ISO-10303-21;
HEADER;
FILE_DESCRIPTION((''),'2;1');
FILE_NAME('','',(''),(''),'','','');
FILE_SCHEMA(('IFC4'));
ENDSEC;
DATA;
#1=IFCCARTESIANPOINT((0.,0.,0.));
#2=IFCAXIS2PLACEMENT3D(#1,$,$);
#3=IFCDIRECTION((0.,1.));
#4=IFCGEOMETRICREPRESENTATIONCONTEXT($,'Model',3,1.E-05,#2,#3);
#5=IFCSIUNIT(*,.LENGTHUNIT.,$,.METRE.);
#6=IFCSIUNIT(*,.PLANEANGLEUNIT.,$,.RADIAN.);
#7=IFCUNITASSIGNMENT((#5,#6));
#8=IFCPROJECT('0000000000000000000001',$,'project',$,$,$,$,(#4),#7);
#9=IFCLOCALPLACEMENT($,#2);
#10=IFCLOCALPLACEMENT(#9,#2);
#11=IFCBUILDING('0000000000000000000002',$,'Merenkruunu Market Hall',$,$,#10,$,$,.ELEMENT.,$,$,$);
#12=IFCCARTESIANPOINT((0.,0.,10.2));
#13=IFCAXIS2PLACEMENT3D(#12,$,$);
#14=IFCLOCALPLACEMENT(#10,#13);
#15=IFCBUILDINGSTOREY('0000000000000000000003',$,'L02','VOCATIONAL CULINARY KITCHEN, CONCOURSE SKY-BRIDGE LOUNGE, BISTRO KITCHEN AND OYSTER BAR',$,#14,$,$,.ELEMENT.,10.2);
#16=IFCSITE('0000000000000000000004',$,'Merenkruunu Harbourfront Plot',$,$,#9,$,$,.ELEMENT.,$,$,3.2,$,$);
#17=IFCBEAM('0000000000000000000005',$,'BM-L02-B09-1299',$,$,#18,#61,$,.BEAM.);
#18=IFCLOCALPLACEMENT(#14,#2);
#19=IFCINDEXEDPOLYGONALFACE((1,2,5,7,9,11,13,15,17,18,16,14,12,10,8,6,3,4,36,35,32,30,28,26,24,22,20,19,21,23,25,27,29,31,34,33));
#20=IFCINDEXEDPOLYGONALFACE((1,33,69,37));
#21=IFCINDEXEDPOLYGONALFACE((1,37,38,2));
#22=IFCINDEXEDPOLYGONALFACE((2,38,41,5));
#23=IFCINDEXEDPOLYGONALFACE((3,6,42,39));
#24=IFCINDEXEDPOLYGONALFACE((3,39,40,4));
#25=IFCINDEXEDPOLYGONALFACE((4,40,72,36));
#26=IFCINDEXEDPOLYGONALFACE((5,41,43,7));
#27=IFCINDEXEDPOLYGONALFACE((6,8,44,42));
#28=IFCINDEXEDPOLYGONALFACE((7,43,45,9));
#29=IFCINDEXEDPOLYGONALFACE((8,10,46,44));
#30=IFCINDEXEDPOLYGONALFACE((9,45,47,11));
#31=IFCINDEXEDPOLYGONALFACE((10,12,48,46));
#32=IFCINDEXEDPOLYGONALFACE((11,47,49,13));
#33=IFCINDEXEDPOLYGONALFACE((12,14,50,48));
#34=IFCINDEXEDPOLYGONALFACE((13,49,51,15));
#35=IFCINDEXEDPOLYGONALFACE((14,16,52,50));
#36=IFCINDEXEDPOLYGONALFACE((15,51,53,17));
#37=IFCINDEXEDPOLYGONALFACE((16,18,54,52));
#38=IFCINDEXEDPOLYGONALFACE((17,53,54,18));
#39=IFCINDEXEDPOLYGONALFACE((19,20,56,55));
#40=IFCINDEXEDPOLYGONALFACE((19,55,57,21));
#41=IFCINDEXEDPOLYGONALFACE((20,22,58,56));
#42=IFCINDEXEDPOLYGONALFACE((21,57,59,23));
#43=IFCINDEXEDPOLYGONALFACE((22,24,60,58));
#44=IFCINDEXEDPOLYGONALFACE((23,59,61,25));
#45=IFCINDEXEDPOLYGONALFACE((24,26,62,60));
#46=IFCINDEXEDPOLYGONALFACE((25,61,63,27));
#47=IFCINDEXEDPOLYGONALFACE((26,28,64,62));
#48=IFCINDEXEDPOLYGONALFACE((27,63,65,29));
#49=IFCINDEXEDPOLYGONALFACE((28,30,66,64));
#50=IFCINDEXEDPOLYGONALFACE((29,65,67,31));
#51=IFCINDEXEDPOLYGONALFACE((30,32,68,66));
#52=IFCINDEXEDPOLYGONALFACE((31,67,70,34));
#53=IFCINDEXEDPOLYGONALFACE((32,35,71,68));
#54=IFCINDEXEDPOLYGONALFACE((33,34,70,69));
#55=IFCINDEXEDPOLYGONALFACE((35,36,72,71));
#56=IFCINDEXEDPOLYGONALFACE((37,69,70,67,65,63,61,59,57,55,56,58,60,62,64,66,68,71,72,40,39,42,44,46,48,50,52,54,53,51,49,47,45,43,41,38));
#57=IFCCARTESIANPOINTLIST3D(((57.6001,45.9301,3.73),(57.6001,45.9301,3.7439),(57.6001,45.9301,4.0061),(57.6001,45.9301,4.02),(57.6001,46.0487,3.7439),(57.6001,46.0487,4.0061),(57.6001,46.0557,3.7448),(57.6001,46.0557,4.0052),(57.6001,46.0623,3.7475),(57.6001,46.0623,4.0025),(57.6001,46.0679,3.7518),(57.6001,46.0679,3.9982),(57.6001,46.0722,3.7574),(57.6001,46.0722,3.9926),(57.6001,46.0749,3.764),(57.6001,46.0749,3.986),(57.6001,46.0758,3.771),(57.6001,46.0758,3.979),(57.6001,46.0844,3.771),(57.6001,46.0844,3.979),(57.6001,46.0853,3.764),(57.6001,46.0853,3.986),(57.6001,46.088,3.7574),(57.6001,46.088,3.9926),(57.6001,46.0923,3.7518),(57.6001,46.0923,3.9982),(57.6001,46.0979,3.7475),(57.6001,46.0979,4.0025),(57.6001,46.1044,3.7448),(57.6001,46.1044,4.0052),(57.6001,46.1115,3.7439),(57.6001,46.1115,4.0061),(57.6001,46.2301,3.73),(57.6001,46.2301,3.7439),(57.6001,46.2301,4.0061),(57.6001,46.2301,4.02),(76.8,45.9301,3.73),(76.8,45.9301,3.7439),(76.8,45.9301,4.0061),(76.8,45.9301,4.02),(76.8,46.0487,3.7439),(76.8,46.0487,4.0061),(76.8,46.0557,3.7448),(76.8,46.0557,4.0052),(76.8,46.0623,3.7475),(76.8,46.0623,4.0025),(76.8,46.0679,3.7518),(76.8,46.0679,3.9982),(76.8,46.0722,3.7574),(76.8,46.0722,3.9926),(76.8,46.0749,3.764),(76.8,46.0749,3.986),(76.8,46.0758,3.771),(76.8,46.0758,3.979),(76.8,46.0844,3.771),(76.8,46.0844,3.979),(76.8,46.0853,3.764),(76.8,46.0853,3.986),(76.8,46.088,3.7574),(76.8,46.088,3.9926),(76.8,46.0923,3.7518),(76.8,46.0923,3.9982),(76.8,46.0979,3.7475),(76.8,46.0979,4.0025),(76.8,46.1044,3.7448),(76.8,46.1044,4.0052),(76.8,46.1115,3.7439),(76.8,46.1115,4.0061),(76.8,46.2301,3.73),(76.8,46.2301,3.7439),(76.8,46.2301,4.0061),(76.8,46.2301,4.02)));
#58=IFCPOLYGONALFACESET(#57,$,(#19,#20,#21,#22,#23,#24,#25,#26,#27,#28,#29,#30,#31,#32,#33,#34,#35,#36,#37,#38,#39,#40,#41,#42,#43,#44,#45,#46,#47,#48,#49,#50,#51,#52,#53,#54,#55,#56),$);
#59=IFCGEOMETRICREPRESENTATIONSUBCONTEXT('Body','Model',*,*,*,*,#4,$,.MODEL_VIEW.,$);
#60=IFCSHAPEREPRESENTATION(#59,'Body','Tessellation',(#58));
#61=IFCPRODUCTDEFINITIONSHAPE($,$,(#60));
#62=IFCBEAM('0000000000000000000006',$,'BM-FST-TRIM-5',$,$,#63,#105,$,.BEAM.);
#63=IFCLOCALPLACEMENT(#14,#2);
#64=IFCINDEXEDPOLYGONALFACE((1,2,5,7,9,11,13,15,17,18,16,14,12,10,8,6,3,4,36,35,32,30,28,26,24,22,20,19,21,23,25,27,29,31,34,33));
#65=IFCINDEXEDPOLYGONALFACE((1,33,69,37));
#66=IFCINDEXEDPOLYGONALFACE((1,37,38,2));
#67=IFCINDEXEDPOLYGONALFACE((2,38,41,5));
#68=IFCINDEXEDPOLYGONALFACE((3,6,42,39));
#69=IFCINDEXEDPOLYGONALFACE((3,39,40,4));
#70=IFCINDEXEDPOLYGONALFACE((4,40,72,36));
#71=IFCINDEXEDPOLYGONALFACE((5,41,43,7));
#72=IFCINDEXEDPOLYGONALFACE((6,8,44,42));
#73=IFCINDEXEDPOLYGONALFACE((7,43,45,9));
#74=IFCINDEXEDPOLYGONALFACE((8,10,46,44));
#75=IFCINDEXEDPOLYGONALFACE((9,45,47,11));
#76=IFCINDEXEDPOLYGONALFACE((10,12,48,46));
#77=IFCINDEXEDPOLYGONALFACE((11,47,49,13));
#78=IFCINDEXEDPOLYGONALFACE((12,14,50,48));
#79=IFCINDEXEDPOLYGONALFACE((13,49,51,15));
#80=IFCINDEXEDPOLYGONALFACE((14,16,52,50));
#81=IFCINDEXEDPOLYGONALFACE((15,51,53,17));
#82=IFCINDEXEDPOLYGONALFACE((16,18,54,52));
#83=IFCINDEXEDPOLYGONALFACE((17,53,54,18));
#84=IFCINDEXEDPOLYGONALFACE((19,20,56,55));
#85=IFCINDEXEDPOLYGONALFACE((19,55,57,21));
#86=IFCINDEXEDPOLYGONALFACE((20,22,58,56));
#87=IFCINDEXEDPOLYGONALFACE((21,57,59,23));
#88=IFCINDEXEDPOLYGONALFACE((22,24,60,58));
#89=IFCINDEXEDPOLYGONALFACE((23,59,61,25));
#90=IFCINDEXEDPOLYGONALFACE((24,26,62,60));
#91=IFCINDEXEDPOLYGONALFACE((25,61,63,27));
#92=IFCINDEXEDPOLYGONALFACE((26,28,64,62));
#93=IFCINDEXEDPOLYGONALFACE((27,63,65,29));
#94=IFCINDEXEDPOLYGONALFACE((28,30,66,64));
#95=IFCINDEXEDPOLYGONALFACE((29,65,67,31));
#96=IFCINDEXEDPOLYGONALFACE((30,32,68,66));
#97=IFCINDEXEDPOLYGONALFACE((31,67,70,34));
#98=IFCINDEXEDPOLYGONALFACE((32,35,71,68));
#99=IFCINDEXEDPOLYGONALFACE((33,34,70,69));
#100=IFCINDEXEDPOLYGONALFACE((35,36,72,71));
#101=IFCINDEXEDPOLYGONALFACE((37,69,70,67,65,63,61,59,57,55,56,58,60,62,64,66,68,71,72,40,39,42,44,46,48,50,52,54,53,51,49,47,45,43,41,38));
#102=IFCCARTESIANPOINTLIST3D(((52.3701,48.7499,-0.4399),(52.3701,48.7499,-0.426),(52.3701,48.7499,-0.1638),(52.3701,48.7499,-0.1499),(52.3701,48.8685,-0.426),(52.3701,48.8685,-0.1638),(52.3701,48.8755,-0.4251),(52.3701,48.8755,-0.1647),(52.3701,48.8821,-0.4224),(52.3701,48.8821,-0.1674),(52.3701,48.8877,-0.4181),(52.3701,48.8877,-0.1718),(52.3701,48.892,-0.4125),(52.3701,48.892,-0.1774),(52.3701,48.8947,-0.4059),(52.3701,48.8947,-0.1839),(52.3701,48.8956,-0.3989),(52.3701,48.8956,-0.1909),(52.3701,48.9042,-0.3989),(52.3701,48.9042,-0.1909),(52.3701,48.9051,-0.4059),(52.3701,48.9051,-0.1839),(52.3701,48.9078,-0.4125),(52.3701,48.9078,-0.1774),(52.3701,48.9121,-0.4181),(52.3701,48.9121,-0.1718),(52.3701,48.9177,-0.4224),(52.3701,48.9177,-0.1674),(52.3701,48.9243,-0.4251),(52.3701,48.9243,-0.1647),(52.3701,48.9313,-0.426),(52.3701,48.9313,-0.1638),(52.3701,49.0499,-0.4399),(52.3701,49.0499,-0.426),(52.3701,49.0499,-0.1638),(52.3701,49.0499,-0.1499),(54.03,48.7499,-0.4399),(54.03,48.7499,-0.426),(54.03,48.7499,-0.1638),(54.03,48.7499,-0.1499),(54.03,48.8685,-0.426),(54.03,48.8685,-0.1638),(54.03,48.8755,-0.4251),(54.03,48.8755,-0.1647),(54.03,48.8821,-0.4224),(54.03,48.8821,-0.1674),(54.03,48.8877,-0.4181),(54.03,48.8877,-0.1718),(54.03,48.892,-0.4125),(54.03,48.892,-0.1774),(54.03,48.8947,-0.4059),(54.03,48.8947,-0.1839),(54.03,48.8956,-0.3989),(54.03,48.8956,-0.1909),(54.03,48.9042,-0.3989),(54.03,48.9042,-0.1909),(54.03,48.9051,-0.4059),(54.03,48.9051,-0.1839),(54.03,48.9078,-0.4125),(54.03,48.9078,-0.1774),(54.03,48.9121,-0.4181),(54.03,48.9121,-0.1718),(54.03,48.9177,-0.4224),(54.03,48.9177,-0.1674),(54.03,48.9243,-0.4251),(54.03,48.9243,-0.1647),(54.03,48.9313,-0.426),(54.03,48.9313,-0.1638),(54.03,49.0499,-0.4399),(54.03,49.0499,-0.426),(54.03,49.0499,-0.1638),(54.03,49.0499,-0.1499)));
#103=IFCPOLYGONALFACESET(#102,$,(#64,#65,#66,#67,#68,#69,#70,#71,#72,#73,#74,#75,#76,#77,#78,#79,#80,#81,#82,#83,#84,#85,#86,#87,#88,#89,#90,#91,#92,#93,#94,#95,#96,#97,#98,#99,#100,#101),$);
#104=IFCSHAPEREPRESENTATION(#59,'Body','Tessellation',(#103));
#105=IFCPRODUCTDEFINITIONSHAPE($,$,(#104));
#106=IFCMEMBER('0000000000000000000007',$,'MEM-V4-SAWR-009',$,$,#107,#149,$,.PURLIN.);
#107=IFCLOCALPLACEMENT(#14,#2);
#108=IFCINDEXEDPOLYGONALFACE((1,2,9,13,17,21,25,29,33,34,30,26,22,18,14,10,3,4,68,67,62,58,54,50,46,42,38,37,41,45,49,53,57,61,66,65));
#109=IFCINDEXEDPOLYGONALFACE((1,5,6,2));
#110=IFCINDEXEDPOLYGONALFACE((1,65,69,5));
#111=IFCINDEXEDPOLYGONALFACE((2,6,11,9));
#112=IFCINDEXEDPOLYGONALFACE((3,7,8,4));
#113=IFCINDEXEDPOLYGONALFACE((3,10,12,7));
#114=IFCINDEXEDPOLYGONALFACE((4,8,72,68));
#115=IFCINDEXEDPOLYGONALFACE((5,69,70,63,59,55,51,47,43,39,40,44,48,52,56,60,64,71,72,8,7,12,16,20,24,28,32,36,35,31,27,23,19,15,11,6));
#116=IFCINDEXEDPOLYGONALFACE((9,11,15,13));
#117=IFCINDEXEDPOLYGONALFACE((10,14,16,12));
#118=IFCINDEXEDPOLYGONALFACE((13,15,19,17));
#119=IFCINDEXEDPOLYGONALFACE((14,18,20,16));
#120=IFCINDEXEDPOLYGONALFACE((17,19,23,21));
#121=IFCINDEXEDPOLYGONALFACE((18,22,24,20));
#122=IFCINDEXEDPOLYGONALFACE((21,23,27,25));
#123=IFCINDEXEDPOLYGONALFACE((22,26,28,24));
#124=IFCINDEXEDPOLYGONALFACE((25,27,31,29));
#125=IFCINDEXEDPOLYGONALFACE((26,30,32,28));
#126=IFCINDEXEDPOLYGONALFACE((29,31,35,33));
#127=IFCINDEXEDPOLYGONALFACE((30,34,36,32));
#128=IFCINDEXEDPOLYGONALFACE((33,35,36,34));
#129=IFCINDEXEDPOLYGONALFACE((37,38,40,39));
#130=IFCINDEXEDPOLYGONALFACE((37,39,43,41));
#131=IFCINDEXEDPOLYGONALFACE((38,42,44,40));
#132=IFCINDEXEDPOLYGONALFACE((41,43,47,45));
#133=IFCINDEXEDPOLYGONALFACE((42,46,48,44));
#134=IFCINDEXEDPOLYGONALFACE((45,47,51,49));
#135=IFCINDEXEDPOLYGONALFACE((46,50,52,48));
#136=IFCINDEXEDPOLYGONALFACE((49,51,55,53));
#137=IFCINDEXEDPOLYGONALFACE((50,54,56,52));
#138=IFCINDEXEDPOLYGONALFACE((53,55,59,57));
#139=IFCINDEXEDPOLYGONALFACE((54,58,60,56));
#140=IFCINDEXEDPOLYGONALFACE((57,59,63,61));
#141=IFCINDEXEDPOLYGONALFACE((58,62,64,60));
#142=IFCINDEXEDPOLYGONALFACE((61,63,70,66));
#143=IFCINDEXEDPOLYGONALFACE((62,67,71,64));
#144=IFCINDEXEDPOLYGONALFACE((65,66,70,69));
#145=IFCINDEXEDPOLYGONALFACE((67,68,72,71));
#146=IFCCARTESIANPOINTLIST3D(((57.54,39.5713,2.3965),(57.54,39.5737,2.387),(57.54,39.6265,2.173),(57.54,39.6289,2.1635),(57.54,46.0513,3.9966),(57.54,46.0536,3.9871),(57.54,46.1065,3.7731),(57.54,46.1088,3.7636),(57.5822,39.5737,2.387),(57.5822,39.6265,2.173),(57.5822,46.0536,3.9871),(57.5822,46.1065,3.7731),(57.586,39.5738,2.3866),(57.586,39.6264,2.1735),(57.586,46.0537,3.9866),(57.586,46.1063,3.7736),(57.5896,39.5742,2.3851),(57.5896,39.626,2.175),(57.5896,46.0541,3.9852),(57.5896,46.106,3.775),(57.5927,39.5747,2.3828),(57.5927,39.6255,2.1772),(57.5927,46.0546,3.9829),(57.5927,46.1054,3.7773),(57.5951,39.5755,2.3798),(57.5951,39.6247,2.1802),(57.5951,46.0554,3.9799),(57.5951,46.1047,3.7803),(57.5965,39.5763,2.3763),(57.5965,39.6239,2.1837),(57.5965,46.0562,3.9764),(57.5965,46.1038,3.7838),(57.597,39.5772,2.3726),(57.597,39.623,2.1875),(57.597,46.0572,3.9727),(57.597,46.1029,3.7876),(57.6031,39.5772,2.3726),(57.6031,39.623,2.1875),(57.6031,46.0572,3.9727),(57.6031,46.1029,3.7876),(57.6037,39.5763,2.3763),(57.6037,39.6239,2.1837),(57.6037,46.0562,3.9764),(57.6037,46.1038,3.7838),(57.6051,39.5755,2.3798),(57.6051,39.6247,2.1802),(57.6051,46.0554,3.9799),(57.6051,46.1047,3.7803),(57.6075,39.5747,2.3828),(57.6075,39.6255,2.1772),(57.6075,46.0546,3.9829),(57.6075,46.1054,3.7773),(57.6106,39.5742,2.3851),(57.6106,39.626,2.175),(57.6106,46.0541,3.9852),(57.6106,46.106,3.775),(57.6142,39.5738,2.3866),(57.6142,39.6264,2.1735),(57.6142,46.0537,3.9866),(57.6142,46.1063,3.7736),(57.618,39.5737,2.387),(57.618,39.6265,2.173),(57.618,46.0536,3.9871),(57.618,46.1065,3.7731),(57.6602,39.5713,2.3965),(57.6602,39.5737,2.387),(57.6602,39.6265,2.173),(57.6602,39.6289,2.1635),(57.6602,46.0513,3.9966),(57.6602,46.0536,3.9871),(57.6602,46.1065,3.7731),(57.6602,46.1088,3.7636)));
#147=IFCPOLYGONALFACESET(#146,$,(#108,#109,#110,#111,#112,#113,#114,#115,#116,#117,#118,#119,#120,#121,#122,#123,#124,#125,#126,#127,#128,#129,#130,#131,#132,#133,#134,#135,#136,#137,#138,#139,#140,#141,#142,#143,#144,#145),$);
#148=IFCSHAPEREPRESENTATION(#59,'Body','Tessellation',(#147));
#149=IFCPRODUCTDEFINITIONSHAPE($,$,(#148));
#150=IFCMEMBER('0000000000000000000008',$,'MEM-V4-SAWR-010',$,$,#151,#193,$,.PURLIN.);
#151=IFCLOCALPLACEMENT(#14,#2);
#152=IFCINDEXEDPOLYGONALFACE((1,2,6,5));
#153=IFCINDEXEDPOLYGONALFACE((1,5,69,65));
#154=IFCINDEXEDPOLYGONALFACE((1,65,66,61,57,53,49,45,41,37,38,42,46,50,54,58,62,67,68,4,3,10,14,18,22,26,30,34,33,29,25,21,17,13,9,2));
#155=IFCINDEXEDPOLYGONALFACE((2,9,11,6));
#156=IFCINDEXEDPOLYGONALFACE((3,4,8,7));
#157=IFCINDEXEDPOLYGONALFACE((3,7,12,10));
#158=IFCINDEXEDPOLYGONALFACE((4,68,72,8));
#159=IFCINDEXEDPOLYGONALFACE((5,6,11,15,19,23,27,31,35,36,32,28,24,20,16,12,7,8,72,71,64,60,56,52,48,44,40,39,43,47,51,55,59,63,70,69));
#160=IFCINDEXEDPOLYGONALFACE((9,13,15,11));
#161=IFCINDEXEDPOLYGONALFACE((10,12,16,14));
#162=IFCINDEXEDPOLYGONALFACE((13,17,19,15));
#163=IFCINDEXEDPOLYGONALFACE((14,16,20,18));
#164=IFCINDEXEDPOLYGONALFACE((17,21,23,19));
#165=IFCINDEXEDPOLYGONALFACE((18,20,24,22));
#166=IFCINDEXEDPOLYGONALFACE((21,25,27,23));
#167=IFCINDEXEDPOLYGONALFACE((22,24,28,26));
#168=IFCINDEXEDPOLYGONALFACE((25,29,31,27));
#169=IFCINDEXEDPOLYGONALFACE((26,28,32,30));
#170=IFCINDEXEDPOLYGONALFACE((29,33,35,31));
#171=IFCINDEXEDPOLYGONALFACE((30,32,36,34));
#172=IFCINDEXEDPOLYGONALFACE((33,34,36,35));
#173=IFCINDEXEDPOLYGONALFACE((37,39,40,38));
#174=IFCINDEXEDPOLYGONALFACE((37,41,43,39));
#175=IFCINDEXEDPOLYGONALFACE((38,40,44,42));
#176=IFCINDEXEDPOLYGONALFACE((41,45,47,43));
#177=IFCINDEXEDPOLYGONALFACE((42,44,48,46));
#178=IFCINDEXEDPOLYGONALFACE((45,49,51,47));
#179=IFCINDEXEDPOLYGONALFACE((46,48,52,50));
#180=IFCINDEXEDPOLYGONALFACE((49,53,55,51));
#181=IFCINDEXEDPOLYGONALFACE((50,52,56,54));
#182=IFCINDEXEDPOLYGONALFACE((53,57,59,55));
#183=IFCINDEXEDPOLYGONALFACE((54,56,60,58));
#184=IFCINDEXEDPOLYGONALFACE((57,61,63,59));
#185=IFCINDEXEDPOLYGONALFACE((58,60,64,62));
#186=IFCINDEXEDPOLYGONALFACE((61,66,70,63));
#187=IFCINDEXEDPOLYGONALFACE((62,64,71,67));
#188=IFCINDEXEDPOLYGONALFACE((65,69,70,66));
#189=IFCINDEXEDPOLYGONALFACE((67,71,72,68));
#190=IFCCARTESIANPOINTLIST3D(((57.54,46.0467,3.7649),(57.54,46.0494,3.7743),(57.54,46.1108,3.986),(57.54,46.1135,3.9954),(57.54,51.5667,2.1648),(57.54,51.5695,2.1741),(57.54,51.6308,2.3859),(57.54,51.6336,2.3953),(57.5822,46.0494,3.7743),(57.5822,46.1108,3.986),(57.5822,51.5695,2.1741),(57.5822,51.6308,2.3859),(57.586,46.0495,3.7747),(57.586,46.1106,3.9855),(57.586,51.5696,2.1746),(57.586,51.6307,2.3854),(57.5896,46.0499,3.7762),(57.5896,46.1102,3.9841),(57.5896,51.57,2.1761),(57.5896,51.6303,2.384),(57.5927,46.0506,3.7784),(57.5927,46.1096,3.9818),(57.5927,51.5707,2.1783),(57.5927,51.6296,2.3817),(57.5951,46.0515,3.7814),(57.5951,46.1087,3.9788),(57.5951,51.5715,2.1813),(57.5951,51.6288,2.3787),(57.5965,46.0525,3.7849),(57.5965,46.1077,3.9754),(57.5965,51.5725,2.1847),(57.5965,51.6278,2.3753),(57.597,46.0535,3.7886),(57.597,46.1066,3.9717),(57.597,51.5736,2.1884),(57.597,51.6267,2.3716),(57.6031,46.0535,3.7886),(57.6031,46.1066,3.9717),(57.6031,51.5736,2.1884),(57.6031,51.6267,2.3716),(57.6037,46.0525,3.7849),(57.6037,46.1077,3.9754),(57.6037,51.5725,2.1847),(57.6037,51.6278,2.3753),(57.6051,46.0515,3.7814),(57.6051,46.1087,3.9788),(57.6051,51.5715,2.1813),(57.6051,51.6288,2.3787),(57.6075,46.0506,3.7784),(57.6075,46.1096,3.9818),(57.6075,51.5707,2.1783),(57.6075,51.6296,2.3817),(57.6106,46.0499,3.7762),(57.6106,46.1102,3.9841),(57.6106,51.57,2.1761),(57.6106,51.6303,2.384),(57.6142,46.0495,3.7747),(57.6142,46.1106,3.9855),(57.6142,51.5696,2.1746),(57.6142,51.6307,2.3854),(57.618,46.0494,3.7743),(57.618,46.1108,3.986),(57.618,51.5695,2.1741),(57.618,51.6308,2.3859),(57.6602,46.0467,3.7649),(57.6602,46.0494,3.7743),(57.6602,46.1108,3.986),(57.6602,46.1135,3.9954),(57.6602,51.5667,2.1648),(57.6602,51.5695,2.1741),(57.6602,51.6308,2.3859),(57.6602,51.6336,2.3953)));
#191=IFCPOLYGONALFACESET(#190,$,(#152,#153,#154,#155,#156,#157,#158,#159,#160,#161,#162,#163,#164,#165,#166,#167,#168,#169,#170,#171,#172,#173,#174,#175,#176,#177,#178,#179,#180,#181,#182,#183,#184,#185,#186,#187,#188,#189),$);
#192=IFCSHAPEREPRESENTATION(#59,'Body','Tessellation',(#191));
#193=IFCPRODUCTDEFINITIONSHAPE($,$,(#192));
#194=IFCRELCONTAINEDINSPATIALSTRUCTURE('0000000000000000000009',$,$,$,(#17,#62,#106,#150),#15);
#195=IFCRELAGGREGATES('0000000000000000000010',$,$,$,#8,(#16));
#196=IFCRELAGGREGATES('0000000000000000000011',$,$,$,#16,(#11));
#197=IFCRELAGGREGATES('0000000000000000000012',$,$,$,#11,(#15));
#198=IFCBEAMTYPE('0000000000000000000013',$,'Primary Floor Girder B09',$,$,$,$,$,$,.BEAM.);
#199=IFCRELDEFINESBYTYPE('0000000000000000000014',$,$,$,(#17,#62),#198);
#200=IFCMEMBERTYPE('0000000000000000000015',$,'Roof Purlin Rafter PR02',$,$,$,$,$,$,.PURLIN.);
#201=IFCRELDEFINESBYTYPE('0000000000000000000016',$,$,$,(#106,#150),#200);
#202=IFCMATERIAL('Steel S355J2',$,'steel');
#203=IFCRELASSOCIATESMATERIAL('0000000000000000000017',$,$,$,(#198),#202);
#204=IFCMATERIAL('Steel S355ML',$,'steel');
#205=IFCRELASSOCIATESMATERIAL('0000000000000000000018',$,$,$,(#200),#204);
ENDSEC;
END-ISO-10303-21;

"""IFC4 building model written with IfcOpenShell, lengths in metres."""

from ifc_helpers import new_model, si_unit, direction, frame, origin, origin_2d, place, context, subcontext, project, spatial, i_section, extrude, material, material_profile, profile_set, type_object, element, save


model = new_model("IFC4")

# Units and contexts
model_context = context("Model", 3, precision=1e-05, world=origin(), true_north=direction((0.0, 1.0)))
body_context = subcontext(model_context, "Body", "Model", "MODEL_VIEW")
ifc_project = project(units=[si_unit("LENGTHUNIT", "METRE"), si_unit("PLANEANGLEUNIT", "RADIAN")], contexts=[model_context])

# Site, building, storey
site_placement = place(None, origin())
site = spatial("IfcSite", under=ifc_project, at=site_placement, Name="Merenkruunu Harbourfront Plot", CompositionType="ELEMENT", RefElevation=3.2)
building_placement = place(site_placement, origin())
building = spatial("IfcBuilding", under=site, at=building_placement, Name="Merenkruunu Market Hall", CompositionType="ELEMENT")
storey_placement = place(building_placement, frame((0.0, 0.0, 10.2)))
storey = spatial("IfcBuildingStorey", under=building, at=storey_placement, Name="L02", Description="VOCATIONAL CULINARY KITCHEN, CONCOURSE SKY-BRIDGE LOUNGE, BISTRO KITCHEN AND OYSTER BAR", CompositionType="ELEMENT", Elevation=10.2)

# Shared definitions
ifc_material_1 = material(Name="Steel S355J2", Category="steel")
ifc_material_2 = material(Name="Steel S355ML", Category="steel")

# Beams
ifc_material_profile_1 = material_profile(ifc_material_1, i_section(OverallWidth=0.3, OverallDepth=0.29, WebThickness=0.0085, FlangeThickness=0.0139, FilletRadius=0.0271, at=origin_2d()), Name="HEA 300")
ifc_profile_set_1 = profile_set([ifc_material_profile_1], Name="Steel S355J2")
beam_type_1 = type_object("IfcBeamType", Name="Primary Floor Girder B09", PredefinedType="BEAM", material=ifc_profile_set_1)
for number, where, z_axis, x_axis, name in (
    (1, (57.6001, 46.0801, 3.875), (1.0, 0.0, 0.0), (0.0, 1.0, 0.0), "BM-L02-B09-1299"),
):
    element("IfcBeam", number, at=place(storey_placement, frame(where, z_axis=z_axis, x_axis=x_axis)), inside=storey, type_object=beam_type_1, Name=name, PredefinedType="BEAM", context=body_context, shape_type="SweptSolid", body=[
        extrude(i_section(OverallWidth=0.3, OverallDepth=0.29, WebThickness=0.0085, FlangeThickness=0.0139, FilletRadius=0.0271, at=origin_2d()), origin(), (0.0, 0.0, 1.0), 19.2),
    ])
beam_1_placement = place(storey_placement, frame((52.3701, 48.8999, -0.2949), z_axis=(1.0, 0.0, 0.0), x_axis=(0.0, 1.0, 0.0)))
element("IfcBeam", 2, at=beam_1_placement, inside=storey, type_object=beam_type_1, Name="BM-FST-TRIM-5", PredefinedType="BEAM", context=body_context, shape_type="SweptSolid", body=[
    extrude(i_section(OverallWidth=0.3, OverallDepth=0.29, WebThickness=0.0085, FlangeThickness=0.0139, FilletRadius=0.0271, at=origin_2d()), origin(), (0.0, 0.0, 1.0), 1.6599),
])

# Members
ifc_material_profile_2 = material_profile(ifc_material_2, i_section(OverallWidth=0.1201, OverallDepth=0.24, WebThickness=0.0061, FlangeThickness=0.0098, FilletRadius=0.0149, at=origin_2d()), Name="IPE 240")
ifc_profile_set_2 = profile_set([ifc_material_profile_2], Name="Steel S355ML")
member_type = type_object("IfcMemberType", Name="Roof Purlin Rafter PR02", PredefinedType="PURLIN", material=ifc_profile_set_2)
member_1_placement = place(storey_placement, frame((57.6001, 39.6001, 2.28), z_axis=(0.0, 0.97084, 0.239729), x_axis=(-1.0, 0.0, 0.0)))
element("IfcMember", 3, at=member_1_placement, inside=storey, type_object=member_type, Name="MEM-V4-SAWR-009", PredefinedType="PURLIN", context=body_context, shape_type="SweptSolid", body=[
    extrude(i_section(OverallWidth=0.1201, OverallDepth=0.24, WebThickness=0.0061, FlangeThickness=0.0098, FilletRadius=0.0149, at=origin_2d()), origin(), (0.0, 0.0, 1.0), 6.6746),
])
member_2_placement = place(storey_placement, frame((57.6001, 46.0801, 3.8801), z_axis=(0.0, 0.960462, -0.278411), x_axis=(-1.0, 0.0, 0.0)))
element("IfcMember", 4, at=member_2_placement, inside=storey, type_object=member_type, Name="MEM-V4-SAWR-010", PredefinedType="PURLIN", context=body_context, shape_type="SweptSolid", body=[
    extrude(i_section(OverallWidth=0.1201, OverallDepth=0.24, WebThickness=0.0061, FlangeThickness=0.0098, FilletRadius=0.0149, at=origin_2d()), origin(), (0.0, 0.0, 1.0), 5.7473),
])

save(model, "model.ifc")
